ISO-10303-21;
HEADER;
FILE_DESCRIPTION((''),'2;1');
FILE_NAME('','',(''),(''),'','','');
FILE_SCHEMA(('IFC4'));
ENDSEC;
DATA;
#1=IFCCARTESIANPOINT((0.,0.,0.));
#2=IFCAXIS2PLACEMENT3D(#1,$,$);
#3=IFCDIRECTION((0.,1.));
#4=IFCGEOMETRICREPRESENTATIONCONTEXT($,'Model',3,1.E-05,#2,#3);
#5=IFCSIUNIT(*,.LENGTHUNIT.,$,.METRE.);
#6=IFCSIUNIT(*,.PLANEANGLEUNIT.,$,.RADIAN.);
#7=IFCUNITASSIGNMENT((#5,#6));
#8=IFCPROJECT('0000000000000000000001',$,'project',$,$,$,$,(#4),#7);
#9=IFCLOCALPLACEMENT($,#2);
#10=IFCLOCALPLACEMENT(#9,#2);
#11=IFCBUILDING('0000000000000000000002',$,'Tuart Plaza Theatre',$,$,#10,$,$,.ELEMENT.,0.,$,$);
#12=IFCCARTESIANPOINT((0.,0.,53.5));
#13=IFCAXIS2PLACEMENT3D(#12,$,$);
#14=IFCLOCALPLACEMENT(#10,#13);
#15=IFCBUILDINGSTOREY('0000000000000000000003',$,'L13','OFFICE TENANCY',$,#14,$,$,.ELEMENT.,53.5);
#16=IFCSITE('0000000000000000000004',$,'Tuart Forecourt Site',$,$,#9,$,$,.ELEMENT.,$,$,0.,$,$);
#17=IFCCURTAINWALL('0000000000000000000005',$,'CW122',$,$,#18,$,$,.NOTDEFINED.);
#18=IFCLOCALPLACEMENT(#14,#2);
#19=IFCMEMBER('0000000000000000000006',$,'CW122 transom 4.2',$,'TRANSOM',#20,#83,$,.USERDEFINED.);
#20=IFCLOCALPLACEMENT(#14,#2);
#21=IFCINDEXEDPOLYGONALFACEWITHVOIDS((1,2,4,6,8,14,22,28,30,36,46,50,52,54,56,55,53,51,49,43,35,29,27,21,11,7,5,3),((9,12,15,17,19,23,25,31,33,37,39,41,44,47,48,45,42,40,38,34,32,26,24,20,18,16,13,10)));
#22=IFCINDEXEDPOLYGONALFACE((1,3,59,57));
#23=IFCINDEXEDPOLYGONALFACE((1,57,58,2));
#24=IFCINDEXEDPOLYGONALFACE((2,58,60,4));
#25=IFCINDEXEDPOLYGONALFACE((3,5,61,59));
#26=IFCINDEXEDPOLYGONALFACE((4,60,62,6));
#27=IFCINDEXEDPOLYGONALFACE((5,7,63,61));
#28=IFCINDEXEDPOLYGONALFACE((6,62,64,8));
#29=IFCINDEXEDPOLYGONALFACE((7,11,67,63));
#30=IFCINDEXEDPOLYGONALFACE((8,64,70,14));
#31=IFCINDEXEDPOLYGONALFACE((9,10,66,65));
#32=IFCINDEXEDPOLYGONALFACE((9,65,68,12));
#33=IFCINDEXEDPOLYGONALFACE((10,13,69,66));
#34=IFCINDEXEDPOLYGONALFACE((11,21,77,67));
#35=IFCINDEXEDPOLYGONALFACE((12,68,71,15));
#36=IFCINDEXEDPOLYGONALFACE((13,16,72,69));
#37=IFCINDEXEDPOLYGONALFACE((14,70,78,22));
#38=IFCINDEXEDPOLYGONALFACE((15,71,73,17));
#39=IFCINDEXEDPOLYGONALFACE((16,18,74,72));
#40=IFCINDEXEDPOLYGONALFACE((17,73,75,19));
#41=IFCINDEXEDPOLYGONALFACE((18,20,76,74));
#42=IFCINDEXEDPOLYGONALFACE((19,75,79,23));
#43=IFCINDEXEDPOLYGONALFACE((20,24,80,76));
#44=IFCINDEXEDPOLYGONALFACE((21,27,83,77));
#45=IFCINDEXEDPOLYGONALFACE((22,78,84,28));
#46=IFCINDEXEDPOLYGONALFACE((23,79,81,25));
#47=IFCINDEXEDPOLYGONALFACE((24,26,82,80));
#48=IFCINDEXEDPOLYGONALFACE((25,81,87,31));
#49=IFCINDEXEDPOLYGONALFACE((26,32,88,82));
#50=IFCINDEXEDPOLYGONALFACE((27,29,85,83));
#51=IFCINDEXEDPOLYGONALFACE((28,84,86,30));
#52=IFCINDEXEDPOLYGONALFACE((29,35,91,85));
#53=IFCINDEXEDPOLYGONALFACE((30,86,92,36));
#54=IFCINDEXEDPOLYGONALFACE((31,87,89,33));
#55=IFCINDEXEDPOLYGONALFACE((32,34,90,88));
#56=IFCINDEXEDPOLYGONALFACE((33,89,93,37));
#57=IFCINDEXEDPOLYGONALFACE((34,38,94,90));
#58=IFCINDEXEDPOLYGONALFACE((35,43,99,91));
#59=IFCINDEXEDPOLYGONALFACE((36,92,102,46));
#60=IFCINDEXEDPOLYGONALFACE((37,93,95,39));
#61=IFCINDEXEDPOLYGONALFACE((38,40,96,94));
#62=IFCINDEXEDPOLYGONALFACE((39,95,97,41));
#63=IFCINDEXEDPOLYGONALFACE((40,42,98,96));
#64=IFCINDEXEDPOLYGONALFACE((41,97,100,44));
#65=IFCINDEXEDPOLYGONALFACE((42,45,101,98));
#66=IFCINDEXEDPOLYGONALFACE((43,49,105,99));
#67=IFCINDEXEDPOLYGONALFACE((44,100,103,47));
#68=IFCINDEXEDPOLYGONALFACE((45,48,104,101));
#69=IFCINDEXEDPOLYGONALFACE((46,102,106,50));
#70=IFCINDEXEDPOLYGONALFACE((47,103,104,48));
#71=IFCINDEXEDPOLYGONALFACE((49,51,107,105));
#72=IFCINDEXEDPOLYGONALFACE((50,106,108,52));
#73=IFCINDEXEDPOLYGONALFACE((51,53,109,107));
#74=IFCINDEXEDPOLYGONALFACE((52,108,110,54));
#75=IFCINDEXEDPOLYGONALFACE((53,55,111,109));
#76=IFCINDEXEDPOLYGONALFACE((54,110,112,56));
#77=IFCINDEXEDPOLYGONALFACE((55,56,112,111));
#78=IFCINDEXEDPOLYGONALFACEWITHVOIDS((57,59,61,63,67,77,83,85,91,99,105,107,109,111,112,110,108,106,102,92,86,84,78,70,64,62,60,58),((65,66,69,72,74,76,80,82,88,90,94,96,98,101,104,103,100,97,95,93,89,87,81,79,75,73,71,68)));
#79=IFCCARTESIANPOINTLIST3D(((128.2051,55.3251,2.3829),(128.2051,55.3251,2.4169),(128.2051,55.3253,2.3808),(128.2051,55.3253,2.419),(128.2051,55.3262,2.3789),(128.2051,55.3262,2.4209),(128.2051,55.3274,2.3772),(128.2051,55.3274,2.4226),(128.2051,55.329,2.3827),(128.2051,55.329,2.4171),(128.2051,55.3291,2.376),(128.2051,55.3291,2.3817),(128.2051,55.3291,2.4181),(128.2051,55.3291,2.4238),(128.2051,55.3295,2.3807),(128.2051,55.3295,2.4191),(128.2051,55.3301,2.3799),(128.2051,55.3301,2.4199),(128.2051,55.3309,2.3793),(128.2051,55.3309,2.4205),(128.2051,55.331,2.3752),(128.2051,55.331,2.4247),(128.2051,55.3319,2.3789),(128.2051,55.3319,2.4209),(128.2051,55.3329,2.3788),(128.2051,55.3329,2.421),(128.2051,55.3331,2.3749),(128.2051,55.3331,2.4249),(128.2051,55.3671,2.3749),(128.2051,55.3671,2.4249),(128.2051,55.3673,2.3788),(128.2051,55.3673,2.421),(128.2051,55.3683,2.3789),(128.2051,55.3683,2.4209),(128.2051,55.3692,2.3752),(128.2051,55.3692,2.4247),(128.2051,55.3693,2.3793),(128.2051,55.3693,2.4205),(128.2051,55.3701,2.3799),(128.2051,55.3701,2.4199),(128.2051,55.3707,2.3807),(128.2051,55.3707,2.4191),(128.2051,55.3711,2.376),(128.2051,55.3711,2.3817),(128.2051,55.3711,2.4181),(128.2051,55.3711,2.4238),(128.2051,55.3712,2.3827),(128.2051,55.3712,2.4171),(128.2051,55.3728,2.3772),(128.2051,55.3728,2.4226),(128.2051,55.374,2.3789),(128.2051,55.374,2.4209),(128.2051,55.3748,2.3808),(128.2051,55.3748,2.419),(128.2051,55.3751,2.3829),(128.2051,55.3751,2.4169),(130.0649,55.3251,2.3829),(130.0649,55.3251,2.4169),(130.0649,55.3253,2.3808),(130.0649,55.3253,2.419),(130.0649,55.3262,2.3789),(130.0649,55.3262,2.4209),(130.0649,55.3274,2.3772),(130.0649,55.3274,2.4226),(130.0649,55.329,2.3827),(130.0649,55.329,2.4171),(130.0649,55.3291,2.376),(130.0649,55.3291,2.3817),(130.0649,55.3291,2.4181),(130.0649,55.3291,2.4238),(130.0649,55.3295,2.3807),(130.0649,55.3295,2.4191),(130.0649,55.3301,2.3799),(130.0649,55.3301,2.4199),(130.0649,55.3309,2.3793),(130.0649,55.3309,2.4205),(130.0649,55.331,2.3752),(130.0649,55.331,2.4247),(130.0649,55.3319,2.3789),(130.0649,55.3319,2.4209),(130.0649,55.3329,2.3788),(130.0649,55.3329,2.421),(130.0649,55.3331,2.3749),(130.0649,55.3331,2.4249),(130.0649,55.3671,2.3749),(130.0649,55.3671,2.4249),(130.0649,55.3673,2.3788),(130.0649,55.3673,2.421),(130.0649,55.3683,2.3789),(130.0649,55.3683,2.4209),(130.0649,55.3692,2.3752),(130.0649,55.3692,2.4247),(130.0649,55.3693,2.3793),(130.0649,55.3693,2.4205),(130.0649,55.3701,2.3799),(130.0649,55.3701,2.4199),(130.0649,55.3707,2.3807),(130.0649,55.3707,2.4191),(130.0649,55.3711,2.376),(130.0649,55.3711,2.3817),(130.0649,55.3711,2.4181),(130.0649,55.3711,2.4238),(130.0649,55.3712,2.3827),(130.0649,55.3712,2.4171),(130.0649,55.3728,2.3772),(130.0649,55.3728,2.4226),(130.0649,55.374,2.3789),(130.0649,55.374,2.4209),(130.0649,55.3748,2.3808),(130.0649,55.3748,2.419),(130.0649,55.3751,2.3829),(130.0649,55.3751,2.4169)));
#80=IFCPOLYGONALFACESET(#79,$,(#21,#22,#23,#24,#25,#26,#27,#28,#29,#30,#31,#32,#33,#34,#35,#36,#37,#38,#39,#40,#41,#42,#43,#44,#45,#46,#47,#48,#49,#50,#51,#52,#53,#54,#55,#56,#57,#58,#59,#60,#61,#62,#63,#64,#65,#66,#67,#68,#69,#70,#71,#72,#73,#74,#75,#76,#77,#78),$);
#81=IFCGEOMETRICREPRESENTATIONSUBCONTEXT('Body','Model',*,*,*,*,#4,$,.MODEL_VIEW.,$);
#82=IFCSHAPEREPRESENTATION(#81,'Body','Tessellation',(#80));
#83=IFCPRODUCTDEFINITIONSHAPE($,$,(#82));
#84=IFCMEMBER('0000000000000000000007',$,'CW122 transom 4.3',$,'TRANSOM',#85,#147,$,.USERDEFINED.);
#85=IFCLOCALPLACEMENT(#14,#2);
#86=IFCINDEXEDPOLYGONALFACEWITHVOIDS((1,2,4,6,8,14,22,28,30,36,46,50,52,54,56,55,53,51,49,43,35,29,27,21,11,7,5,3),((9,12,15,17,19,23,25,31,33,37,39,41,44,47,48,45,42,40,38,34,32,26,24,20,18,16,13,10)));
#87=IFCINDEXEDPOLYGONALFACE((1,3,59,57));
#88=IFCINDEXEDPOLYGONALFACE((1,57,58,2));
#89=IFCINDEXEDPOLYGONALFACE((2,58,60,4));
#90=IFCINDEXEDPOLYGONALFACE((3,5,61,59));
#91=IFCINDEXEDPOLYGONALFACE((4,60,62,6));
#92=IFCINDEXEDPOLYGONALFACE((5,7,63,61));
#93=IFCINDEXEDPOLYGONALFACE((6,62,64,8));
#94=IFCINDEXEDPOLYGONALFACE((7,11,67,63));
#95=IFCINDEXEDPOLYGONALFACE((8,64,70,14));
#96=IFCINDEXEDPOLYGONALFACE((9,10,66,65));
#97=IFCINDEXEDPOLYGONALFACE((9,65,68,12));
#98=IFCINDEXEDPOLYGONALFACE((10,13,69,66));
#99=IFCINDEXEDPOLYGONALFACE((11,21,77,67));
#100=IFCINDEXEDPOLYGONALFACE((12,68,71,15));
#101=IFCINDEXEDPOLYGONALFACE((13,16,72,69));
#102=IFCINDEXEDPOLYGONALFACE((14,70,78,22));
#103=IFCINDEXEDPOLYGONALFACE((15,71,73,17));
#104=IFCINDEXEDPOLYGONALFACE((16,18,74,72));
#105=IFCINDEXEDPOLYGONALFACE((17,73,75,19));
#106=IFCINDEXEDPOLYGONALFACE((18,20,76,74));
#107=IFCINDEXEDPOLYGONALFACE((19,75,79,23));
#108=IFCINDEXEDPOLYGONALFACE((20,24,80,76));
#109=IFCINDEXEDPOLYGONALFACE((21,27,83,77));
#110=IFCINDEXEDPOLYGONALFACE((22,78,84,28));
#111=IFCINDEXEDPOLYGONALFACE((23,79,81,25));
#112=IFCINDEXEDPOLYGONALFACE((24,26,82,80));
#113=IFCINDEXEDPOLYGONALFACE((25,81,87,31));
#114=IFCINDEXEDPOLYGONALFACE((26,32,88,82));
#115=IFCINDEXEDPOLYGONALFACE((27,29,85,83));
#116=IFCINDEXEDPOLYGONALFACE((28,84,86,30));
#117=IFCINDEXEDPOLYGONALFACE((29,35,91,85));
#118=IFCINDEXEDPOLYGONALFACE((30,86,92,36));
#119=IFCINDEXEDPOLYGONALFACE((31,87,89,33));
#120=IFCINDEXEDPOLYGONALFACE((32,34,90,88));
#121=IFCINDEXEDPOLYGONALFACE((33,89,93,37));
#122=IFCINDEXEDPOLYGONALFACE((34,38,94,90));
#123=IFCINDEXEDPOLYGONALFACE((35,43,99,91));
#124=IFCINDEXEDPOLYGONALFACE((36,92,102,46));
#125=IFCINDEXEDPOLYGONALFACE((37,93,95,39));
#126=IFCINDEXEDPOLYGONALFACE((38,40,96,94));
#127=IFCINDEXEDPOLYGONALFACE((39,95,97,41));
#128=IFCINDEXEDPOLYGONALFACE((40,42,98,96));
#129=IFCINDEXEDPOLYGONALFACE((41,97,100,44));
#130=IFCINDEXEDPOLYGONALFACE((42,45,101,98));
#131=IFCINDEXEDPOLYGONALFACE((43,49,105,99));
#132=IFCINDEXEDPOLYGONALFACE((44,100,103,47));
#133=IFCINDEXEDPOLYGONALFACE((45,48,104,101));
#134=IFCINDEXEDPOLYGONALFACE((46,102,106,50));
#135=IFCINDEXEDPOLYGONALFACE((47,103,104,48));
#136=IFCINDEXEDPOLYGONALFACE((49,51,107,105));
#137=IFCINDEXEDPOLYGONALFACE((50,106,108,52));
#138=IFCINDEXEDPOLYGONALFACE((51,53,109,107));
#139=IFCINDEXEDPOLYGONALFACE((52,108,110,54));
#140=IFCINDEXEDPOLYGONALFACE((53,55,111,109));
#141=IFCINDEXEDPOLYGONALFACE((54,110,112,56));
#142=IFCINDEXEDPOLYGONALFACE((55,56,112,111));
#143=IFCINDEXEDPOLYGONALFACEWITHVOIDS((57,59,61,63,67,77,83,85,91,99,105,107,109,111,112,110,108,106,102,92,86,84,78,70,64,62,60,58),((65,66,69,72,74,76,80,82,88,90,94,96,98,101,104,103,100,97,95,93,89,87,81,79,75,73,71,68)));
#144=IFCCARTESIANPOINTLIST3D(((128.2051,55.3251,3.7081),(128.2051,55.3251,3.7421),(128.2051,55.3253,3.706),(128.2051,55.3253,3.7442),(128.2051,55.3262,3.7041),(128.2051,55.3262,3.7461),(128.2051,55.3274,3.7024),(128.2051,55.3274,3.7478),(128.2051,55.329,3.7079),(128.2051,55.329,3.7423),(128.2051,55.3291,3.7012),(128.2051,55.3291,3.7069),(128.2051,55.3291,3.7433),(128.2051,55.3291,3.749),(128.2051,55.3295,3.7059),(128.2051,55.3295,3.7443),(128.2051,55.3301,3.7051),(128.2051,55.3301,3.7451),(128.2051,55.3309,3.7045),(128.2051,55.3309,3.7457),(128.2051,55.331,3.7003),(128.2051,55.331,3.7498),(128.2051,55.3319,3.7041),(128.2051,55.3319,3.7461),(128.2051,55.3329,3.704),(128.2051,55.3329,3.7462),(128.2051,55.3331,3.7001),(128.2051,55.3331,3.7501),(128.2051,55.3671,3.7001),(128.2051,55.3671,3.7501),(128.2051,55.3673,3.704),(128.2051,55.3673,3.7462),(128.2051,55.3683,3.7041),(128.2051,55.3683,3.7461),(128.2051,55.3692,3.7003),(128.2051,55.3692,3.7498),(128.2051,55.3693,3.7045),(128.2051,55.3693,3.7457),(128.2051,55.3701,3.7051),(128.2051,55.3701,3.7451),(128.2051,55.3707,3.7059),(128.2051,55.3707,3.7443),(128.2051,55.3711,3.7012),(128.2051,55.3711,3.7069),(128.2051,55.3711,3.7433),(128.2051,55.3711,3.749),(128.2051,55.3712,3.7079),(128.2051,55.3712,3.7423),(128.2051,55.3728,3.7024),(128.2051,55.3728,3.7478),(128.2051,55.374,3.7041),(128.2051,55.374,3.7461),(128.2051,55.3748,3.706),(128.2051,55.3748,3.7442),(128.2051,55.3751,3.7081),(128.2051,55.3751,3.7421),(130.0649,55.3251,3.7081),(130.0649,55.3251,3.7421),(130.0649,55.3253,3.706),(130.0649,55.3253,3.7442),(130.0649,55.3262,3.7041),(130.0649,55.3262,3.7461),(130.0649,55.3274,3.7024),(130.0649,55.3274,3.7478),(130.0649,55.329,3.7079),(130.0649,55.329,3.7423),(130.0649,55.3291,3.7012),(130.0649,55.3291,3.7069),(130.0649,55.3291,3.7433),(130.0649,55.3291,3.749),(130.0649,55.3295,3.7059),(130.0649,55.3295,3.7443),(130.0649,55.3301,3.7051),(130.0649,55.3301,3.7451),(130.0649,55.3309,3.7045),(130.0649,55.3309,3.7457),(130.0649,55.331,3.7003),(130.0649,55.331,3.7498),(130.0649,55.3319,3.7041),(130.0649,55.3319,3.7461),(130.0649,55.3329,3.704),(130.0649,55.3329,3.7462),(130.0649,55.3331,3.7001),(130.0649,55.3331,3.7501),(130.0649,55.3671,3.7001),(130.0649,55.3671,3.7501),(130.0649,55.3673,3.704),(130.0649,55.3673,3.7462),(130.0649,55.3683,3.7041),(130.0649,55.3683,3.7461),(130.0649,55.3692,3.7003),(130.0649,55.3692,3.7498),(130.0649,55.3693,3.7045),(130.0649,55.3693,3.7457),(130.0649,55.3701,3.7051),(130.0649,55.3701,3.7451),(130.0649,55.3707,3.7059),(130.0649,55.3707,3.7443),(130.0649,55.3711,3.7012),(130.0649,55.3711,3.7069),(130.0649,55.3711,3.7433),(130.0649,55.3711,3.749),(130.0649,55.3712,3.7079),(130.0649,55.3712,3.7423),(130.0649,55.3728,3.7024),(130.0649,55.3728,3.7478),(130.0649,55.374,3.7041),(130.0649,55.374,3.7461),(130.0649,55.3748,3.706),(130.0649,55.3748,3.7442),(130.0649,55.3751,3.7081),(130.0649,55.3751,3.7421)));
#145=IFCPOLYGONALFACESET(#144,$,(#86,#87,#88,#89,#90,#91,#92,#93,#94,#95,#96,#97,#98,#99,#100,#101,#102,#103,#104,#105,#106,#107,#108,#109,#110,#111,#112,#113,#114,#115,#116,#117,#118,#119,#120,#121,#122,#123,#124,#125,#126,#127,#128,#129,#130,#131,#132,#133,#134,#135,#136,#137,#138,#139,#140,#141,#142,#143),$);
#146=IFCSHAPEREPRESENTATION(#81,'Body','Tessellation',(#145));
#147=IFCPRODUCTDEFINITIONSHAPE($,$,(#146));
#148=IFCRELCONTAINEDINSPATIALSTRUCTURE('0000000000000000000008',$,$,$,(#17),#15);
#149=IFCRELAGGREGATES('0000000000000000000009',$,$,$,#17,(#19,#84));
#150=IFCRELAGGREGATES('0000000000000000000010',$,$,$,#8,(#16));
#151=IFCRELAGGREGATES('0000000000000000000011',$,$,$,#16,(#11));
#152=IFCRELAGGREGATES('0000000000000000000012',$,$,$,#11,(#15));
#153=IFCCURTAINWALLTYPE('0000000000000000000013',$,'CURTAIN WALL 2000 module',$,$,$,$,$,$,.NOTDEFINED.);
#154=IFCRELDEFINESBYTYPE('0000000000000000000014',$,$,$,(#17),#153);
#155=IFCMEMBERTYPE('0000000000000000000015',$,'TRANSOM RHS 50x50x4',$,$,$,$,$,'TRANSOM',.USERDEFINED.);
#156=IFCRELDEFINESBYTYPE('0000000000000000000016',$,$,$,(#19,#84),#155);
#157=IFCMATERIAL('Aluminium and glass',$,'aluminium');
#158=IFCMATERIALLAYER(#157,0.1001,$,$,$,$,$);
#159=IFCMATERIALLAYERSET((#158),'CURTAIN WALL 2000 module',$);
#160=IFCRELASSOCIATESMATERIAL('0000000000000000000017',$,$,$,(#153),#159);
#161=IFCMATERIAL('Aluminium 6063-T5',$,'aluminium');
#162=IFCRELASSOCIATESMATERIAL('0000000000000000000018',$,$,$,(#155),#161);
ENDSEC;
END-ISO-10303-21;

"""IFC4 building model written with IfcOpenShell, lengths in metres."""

from ifc_helpers import new_model, si_unit, direction, frame, origin, origin_2d, place, context, subcontext, project, spatial, hollow_rectangle, extrude, material, layer, layer_set, material_profile, profile_set, type_object, element, aggregate, save


model = new_model("IFC4")

# Units and contexts
model_context = context("Model", 3, precision=1e-05, world=origin(), true_north=direction((0.0, 1.0)))
body_context = subcontext(model_context, "Body", "Model", "MODEL_VIEW")
ifc_project = project(units=[si_unit("LENGTHUNIT", "METRE"), si_unit("PLANEANGLEUNIT", "RADIAN")], contexts=[model_context])

# Site, building, storey
site_placement = place(None, origin())
site = spatial("IfcSite", under=ifc_project, at=site_placement, Name="Tuart Forecourt Site", CompositionType="ELEMENT", RefElevation=0.0)
building_placement = place(site_placement, origin())
building = spatial("IfcBuilding", under=site, at=building_placement, Name="Tuart Plaza Theatre", CompositionType="ELEMENT", ElevationOfRefHeight=0.0)
storey_placement = place(building_placement, frame((0.0, 0.0, 53.5)))
storey = spatial("IfcBuildingStorey", under=building, at=storey_placement, Name="L13", Description="OFFICE TENANCY", CompositionType="ELEMENT", Elevation=53.5)

# Curtain wall, members
ifc_material_1 = material(Name="Aluminium and glass", Category="aluminium")
ifc_layer_1 = layer(ifc_material_1, 0.1001)
ifc_layer_set_1 = layer_set([ifc_layer_1], Name="CURTAIN WALL 2000 module")
curtain_wall_type = type_object("IfcCurtainWallType", Name="CURTAIN WALL 2000 module", PredefinedType="NOTDEFINED", material=ifc_layer_set_1)
curtain_wall_placement = place(storey_placement, origin())
curtain_wall = element("IfcCurtainWall", 1, at=curtain_wall_placement, inside=storey, type_object=curtain_wall_type, Name="CW122", PredefinedType="NOTDEFINED")
ifc_material_2 = material(Name="Aluminium 6063-T5", Category="aluminium")
ifc_material_profile_1 = material_profile(ifc_material_2, hollow_rectangle(XDim=0.05, YDim=0.05, WallThickness=0.0039, InnerFilletRadius=0.0039, OuterFilletRadius=0.0081, at=origin_2d()), Name="RHS 50x50x4")
ifc_profile_set_1 = profile_set([ifc_material_profile_1], Name="Aluminium 6063-T5")
member_type_1 = type_object("IfcMemberType", Name="TRANSOM RHS 50x50x4", ElementType="TRANSOM", PredefinedType="USERDEFINED", material=ifc_profile_set_1)
member_1_placement = place(storey_placement, frame((128.2051, 55.3501, 2.3999), z_axis=(1.0, 0.0, 0.0), x_axis=(0.0, 1.0, 0.0)))
member_1 = element("IfcMember", 2, at=member_1_placement, type_object=member_type_1, Name="CW122 transom 4.2", ObjectType="TRANSOM", PredefinedType="USERDEFINED", context=body_context, shape_type="SweptSolid", body=[
    extrude(hollow_rectangle(XDim=0.05, YDim=0.05, WallThickness=0.0039, InnerFilletRadius=0.0039, OuterFilletRadius=0.0081, at=origin_2d()), origin(), (0.0, 0.0, 1.0), 1.8599),
])
member_2_placement = place(storey_placement, frame((128.2051, 55.3501, 3.7251), z_axis=(1.0, 0.0, 0.0), x_axis=(0.0, 1.0, 0.0)))
member_2 = element("IfcMember", 3, at=member_2_placement, type_object=member_type_1, Name="CW122 transom 4.3", ObjectType="TRANSOM", PredefinedType="USERDEFINED", context=body_context, shape_type="SweptSolid", body=[
    extrude(hollow_rectangle(XDim=0.05, YDim=0.05, WallThickness=0.0039, InnerFilletRadius=0.0039, OuterFilletRadius=0.0081, at=origin_2d()), origin(), (0.0, 0.0, 1.0), 1.8599),
])
aggregate(curtain_wall, [member_1, member_2])

save(model, "model.ifc")
